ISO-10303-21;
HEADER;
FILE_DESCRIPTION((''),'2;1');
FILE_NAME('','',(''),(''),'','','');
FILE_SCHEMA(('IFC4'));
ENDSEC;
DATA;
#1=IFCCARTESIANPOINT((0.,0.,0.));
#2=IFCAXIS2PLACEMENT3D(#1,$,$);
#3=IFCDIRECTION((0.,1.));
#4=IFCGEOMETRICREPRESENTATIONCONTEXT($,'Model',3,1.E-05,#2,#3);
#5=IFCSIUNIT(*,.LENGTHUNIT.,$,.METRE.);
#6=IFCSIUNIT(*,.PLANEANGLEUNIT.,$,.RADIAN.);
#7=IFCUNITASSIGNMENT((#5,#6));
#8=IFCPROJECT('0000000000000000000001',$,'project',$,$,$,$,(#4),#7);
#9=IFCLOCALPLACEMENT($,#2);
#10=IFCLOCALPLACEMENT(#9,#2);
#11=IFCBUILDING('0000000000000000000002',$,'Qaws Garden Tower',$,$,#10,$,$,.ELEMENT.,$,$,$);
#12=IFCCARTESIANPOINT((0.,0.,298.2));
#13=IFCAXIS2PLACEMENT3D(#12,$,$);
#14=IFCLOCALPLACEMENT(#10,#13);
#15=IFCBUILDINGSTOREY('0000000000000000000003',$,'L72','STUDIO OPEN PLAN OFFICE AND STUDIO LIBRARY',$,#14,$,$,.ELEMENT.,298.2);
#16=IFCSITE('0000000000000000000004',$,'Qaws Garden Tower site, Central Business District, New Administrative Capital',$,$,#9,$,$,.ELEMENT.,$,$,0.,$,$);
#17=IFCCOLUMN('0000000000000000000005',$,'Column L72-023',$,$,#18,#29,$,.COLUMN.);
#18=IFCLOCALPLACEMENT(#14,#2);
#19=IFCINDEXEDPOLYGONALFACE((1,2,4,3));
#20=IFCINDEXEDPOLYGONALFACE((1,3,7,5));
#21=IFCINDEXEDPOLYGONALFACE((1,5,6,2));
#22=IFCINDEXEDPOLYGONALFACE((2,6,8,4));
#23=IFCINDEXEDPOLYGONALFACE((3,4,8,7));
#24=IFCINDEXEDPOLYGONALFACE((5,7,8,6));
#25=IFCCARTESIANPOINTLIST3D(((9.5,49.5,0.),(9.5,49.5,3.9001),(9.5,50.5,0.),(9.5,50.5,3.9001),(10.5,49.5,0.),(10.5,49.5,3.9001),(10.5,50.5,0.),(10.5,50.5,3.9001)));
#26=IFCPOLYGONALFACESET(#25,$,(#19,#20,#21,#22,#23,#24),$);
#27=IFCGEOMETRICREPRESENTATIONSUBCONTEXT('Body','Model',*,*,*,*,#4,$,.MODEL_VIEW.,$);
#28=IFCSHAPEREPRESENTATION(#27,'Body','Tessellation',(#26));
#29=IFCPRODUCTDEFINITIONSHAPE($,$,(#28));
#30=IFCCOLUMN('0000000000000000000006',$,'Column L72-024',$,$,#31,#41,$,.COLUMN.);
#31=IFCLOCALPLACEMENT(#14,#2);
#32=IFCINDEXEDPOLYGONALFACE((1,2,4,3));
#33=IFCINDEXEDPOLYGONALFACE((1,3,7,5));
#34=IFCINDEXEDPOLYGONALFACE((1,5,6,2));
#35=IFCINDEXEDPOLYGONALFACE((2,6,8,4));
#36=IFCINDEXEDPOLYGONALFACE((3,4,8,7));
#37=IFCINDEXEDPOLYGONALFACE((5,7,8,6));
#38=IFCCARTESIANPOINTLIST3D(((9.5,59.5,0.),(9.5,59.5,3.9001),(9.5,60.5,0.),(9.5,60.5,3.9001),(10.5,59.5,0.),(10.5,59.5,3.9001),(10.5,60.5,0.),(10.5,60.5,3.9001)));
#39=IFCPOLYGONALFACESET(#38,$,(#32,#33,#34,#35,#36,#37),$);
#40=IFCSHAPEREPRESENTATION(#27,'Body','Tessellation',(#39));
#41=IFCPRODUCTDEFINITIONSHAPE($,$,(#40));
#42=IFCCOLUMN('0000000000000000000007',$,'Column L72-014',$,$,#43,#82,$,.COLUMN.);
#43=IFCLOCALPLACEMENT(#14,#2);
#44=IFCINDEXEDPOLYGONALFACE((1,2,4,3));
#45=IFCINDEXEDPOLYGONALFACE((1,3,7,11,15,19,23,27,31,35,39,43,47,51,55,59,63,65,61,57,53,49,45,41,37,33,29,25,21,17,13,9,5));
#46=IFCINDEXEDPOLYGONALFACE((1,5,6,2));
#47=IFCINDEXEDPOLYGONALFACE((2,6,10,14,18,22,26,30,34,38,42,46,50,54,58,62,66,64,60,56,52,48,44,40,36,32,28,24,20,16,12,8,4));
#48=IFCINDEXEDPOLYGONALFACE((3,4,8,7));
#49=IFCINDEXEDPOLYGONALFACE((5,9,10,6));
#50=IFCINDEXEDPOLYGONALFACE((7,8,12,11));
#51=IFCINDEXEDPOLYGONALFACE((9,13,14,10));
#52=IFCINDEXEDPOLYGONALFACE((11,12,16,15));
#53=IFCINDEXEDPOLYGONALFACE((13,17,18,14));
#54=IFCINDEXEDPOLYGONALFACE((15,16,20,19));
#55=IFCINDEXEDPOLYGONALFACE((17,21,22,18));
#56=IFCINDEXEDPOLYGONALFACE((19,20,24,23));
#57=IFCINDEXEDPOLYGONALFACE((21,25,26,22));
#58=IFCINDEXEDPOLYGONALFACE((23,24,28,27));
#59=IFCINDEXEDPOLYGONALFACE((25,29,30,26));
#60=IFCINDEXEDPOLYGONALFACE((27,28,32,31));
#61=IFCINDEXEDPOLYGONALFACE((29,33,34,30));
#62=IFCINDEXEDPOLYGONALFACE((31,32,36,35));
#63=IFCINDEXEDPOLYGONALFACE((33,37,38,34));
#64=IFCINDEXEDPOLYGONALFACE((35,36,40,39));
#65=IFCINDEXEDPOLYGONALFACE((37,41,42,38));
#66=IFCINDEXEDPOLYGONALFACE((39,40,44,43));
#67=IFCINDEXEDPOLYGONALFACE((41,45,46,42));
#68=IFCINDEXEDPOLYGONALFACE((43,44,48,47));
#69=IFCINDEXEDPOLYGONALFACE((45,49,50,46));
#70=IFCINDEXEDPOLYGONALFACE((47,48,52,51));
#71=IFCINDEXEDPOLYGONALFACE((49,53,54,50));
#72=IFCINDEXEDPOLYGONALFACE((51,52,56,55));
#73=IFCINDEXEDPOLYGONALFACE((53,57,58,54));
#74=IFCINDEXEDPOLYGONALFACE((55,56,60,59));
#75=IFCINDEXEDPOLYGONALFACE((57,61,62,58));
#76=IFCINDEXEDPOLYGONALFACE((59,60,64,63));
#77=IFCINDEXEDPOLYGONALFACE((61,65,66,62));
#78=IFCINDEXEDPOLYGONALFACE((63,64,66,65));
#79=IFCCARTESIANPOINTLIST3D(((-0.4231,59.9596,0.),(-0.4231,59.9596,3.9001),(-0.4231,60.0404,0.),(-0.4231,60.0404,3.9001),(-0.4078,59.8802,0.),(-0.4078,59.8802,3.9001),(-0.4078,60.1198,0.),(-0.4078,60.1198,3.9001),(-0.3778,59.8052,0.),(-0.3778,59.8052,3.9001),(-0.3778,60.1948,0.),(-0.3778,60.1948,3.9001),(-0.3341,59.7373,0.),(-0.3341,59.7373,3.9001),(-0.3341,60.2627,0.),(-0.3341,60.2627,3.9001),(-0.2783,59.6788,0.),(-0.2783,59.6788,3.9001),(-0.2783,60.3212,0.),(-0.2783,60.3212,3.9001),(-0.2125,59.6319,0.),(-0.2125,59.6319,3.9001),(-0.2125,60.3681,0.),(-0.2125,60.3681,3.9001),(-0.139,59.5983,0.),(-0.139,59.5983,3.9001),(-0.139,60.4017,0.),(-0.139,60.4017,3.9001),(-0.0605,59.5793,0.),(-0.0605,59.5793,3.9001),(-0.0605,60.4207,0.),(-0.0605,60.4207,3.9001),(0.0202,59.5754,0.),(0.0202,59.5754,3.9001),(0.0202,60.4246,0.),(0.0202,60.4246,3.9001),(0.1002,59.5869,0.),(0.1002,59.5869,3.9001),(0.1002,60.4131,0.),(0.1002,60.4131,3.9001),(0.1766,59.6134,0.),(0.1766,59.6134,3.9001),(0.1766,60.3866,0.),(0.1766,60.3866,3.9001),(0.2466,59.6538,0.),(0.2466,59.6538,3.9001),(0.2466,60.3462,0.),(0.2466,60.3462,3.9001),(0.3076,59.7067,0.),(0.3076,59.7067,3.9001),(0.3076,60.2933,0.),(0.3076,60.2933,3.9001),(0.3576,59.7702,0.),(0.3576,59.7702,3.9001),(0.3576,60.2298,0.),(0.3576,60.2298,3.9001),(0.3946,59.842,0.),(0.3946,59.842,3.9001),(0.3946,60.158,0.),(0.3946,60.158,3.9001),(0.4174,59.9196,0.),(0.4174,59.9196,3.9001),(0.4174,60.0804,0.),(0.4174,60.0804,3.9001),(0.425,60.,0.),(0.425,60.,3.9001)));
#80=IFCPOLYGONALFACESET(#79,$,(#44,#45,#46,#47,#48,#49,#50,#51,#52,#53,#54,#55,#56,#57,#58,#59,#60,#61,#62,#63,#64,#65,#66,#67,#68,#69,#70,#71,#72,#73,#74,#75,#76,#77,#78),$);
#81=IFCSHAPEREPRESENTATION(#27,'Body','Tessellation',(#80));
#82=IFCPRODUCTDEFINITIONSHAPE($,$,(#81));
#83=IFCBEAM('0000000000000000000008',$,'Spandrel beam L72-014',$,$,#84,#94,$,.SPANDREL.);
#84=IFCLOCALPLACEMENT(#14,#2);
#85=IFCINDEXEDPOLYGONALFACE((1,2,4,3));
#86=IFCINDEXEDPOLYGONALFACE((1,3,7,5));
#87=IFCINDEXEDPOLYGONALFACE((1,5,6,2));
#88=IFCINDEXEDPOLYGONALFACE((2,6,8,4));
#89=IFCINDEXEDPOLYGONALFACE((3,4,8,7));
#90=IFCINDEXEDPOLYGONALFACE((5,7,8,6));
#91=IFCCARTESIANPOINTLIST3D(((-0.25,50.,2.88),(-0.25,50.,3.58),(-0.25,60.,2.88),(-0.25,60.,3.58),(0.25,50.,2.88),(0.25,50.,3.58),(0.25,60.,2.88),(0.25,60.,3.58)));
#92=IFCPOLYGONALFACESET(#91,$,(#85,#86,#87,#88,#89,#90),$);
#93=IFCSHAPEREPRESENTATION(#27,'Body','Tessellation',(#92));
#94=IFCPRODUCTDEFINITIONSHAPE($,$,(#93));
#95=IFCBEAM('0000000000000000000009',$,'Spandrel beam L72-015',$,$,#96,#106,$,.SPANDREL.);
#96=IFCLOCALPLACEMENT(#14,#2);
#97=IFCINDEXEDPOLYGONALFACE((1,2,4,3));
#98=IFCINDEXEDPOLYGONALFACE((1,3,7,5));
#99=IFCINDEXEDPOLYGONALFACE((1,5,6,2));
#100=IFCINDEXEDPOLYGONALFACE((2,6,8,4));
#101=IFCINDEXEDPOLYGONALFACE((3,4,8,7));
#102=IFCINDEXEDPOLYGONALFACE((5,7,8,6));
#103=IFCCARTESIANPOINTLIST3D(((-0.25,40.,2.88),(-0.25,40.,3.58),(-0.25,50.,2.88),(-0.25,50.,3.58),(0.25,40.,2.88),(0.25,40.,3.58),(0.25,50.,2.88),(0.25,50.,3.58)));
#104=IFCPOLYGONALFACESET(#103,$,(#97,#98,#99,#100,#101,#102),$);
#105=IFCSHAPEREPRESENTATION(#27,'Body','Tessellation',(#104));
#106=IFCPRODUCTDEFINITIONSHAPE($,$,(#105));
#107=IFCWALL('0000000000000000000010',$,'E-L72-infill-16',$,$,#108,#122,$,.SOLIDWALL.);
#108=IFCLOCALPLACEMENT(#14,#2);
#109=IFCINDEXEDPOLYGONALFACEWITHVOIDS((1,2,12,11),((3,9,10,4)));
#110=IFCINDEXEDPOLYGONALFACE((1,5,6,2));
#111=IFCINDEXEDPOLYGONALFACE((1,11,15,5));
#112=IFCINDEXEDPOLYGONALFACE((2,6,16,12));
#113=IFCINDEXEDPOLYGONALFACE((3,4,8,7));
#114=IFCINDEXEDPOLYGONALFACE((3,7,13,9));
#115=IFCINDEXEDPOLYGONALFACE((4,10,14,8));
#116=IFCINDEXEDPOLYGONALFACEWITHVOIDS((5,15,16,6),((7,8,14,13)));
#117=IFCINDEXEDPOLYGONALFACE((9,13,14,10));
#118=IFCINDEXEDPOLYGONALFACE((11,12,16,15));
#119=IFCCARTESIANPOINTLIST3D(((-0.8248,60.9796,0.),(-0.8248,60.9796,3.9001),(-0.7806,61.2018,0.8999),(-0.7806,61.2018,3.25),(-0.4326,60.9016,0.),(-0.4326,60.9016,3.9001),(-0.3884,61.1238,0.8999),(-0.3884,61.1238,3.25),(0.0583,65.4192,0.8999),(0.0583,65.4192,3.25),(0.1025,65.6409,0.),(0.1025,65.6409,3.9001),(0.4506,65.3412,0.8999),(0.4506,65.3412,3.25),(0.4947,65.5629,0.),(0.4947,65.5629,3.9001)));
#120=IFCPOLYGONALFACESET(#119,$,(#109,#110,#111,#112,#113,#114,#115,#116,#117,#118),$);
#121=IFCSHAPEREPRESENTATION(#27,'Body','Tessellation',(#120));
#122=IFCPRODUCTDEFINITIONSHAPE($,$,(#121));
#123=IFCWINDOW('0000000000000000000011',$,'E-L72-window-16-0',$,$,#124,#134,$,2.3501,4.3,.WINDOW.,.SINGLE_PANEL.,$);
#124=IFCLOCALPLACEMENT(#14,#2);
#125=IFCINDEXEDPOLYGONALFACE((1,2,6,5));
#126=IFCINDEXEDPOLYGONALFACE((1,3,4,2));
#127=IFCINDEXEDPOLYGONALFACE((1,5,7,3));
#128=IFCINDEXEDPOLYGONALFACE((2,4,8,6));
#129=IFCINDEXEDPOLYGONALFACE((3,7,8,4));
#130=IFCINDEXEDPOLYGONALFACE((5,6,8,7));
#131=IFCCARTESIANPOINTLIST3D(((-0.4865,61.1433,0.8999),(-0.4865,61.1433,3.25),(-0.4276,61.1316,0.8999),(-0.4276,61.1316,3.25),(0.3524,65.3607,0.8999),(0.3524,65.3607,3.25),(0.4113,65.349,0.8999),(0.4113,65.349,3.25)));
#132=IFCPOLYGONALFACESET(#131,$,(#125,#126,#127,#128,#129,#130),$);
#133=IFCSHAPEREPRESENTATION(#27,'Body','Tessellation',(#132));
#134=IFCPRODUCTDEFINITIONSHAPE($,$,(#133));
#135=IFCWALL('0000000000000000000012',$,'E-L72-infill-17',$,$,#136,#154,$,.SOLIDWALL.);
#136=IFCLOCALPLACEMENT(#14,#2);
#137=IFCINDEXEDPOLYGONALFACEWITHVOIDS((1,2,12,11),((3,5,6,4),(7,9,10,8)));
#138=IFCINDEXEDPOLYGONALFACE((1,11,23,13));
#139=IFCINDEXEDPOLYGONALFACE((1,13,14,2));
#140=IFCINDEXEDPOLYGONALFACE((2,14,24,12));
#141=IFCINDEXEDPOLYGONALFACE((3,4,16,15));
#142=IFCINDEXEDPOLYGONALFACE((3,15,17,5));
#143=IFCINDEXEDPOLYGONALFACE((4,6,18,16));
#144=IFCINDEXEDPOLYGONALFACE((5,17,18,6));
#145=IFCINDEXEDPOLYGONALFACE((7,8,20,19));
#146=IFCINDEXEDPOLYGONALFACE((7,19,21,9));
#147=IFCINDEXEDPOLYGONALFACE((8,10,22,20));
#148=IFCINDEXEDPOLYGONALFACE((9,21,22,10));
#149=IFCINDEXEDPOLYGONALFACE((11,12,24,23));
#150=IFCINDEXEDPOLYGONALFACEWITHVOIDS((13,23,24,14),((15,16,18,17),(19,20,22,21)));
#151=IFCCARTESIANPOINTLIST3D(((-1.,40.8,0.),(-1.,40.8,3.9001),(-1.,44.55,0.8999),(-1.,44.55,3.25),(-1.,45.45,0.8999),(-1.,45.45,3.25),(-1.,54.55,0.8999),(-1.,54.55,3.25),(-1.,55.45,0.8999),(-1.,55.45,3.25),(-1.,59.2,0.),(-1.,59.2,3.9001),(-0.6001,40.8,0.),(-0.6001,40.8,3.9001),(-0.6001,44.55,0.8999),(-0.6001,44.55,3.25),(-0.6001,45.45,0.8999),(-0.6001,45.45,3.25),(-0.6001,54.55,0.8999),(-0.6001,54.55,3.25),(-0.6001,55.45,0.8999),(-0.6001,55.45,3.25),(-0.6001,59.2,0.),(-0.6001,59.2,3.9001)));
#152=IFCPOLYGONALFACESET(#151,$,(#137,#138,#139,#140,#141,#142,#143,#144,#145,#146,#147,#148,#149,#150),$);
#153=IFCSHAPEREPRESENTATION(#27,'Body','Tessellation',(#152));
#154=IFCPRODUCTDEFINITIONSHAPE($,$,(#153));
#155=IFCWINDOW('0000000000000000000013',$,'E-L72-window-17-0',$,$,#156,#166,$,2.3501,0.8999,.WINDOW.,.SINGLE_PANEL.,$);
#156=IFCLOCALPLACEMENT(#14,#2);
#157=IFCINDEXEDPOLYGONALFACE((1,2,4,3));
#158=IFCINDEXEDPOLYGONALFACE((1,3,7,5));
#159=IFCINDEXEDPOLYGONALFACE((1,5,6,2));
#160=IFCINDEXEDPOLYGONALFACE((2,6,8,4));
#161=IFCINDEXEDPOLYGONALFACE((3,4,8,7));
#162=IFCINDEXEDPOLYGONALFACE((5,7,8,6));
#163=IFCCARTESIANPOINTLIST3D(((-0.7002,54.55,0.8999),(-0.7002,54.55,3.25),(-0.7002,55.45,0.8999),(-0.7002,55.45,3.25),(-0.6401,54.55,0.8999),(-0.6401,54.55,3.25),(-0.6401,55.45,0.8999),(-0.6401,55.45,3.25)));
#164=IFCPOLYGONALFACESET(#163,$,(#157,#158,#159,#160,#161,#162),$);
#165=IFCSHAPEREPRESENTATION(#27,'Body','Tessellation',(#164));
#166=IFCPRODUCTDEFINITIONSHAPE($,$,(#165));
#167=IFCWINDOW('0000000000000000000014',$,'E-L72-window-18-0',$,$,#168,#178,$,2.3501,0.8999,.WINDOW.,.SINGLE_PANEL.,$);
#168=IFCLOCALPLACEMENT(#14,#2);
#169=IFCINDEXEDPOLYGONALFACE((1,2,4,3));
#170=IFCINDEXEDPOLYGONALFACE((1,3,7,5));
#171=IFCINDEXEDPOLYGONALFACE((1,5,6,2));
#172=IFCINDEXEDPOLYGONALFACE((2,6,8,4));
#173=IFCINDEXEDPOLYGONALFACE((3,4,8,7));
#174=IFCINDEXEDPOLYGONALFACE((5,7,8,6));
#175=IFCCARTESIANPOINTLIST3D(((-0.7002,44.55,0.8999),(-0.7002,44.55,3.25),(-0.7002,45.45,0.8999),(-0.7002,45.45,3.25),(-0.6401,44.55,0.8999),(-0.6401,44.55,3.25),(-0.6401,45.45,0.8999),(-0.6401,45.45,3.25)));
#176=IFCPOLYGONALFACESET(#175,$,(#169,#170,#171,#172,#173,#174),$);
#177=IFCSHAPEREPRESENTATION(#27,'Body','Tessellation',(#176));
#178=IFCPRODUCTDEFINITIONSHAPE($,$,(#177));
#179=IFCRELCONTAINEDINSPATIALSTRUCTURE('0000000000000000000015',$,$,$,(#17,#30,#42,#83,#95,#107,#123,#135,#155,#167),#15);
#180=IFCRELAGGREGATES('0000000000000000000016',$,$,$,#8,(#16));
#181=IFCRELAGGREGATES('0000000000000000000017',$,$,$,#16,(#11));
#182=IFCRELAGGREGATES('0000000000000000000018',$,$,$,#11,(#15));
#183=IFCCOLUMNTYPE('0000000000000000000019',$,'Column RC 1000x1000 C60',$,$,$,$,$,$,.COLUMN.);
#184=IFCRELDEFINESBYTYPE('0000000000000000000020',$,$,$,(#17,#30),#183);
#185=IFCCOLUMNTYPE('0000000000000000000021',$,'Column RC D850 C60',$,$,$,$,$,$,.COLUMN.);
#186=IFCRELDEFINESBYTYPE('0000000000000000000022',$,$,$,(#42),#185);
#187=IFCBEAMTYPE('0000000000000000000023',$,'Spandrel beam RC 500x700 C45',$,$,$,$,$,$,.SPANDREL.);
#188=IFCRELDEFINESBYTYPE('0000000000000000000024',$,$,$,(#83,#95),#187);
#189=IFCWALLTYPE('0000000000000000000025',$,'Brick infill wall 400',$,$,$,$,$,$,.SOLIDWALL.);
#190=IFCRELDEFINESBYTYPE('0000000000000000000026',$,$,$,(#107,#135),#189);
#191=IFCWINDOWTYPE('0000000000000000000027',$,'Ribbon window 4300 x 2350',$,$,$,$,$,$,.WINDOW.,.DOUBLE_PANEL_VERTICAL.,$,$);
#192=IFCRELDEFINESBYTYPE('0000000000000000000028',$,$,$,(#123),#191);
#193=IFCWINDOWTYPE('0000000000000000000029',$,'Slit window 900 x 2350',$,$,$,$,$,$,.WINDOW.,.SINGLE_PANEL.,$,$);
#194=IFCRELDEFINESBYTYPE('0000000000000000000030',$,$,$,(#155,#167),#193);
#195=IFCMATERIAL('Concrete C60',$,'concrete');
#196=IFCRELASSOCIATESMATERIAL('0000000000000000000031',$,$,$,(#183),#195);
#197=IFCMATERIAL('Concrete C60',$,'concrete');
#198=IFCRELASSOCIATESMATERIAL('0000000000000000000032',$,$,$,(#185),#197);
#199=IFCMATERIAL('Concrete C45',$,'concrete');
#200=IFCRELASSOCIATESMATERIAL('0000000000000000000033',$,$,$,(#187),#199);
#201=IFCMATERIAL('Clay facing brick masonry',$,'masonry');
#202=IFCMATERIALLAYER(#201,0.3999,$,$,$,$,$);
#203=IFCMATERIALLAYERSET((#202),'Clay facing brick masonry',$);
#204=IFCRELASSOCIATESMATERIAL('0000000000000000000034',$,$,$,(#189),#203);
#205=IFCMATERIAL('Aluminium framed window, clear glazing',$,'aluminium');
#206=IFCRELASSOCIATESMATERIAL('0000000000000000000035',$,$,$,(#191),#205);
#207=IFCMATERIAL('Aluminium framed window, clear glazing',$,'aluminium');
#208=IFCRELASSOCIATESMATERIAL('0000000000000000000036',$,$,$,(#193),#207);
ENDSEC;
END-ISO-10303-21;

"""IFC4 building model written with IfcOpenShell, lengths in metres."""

from ifc_helpers import new_model, si_unit, direction, frame, frame_2d, origin, origin_2d, place, context, subcontext, project, spatial, rectangle, circle, extrude, material, layer, layer_set, material_profile, profile_set, type_object, element, fill, save


model = new_model("IFC4")

# Units and contexts
model_context = context("Model", 3, precision=1e-05, world=origin(), true_north=direction((0.0, 1.0)))
body_context = subcontext(model_context, "Body", "Model", "MODEL_VIEW")
ifc_project = project(units=[si_unit("LENGTHUNIT", "METRE"), si_unit("PLANEANGLEUNIT", "RADIAN")], contexts=[model_context])

# Site, building, storey
site_placement = place(None, origin())
site = spatial("IfcSite", under=ifc_project, at=site_placement, Name="Qaws Garden Tower site, Central Business District, New Administrative Capital", CompositionType="ELEMENT", RefElevation=0.0)
building_placement = place(site_placement, origin())
building = spatial("IfcBuilding", under=site, at=building_placement, Name="Qaws Garden Tower", CompositionType="ELEMENT")
storey_placement = place(building_placement, frame((0.0, 0.0, 298.2)))
storey = spatial("IfcBuildingStorey", under=building, at=storey_placement, Name="L72", Description="STUDIO OPEN PLAN OFFICE AND STUDIO LIBRARY", CompositionType="ELEMENT", Elevation=298.2)

# Columns
ifc_material_1 = material(Name="Concrete C60", Category="concrete")
ifc_material_profile_1 = material_profile(ifc_material_1, rectangle(XDim=1.0, YDim=1.0, at=origin_2d()), Name="RC 1000x1000")
ifc_profile_set_1 = profile_set([ifc_material_profile_1], Name="Concrete C60")
column_type_1 = type_object("IfcColumnType", Name="Column RC 1000x1000 C60", PredefinedType="COLUMN", material=ifc_profile_set_1)
for number, where, z_axis, x_axis, name in (
    (1, (10.0, 50.0, 0.0), (0.0, 0.0, 1.0), (1.0, 0.0, 0.0), "Column L72-023"),
    (2, (10.0, 60.0, 0.0), (0.0, 0.0, 1.0), (1.0, 0.0, 0.0), "Column L72-024"),
):
    element("IfcColumn", number, at=place(storey_placement, frame(where, z_axis=z_axis, x_axis=x_axis)), inside=storey, type_object=column_type_1, Name=name, PredefinedType="COLUMN", context=body_context, shape_type="SweptSolid", body=[
        extrude(rectangle(XDim=1.0, YDim=1.0, at=origin_2d()), origin(), (0.0, 0.0, 1.0), 3.9001),
    ])
ifc_material_2 = material(Name="Concrete C60", Category="concrete")
ifc_material_profile_2 = material_profile(ifc_material_2, circle(Radius=0.425, at=origin_2d()), Name="RC D850")
ifc_profile_set_2 = profile_set([ifc_material_profile_2], Name="Concrete C60")
column_type_2 = type_object("IfcColumnType", Name="Column RC D850 C60", PredefinedType="COLUMN", material=ifc_profile_set_2)
column_placement = place(storey_placement, frame((0.0, 60.0, 0.0), z_axis=(0.0, 0.0, 1.0), x_axis=(1.0, 0.0, 0.0)))
element("IfcColumn", 3, at=column_placement, inside=storey, type_object=column_type_2, Name="Column L72-014", PredefinedType="COLUMN", context=body_context, shape_type="SweptSolid", body=[
    extrude(circle(Radius=0.425, at=origin_2d()), origin(), (0.0, 0.0, 1.0), 3.9001),
])

# Beams
ifc_material_3 = material(Name="Concrete C45", Category="concrete")
ifc_material_profile_3 = material_profile(ifc_material_3, rectangle(XDim=0.5, YDim=0.7, at=origin_2d()), Name="RC 500x700")
ifc_profile_set_3 = profile_set([ifc_material_profile_3], Name="Concrete C45")
beam_type = type_object("IfcBeamType", Name="Spandrel beam RC 500x700 C45", PredefinedType="SPANDREL", material=ifc_profile_set_3)
for number, where, z_axis, x_axis, name in (
    (4, (0.0, 60.0, 3.23), (0.0, -1.0, 0.0), (1.0, 0.0, 0.0), "Spandrel beam L72-014"),
    (5, (0.0, 50.0, 3.23), (0.0, -1.0, 0.0), (1.0, 0.0, 0.0), "Spandrel beam L72-015"),
):
    element("IfcBeam", number, at=place(storey_placement, frame(where, z_axis=z_axis, x_axis=x_axis)), inside=storey, type_object=beam_type, Name=name, PredefinedType="SPANDREL", context=body_context, shape_type="SweptSolid", body=[
        extrude(rectangle(XDim=0.5, YDim=0.7, at=origin_2d()), origin(), (0.0, 0.0, 1.0), 10.0),
    ])

# Wall, opening, window
ifc_material_4 = material(Name="Clay facing brick masonry", Category="masonry")
ifc_layer_1 = layer(ifc_material_4, 0.3999)
ifc_layer_set_1 = layer_set([ifc_layer_1], Name="Clay facing brick masonry")
wall_type_1 = type_object("IfcWallType", Name="Brick infill wall 400", PredefinedType="SOLIDWALL", material=ifc_layer_set_1)
wall_1_placement = place(storey_placement, frame((0.2986, 65.6021, 0.0), z_axis=(0.0, 0.0, 1.0), x_axis=(-0.195099, -0.980784, 0.0)))
wall_1 = element("IfcWall", 6, at=wall_1_placement, inside=storey, type_object=wall_type_1, Name="E-L72-infill-16", PredefinedType="SOLIDWALL", context=body_context, shape_type="SweptSolid", body=[
    extrude(rectangle(XDim=4.7527, YDim=0.3999, at=frame_2d((2.3765, 0.0))), origin(), (0.0, 0.0, 1.0), 3.9001),
])
opening_1_placement = place(wall_1_placement, frame((0.2263, 0.0, 0.8999)))
opening_1 = element("IfcOpeningElement", 7, at=opening_1_placement, cuts=wall_1, PredefinedType="OPENING", context=body_context, shape_type="SweptSolid", body=[
    extrude(rectangle(XDim=4.3, YDim=2.3501, at=frame_2d((2.1499, 1.175))), frame((0.0, 0.21, 0.0), z_axis=(0.0, -1.0, 0.0), x_axis=(1.0, 0.0, 0.0)), (0.0, 0.0, 1.0), 0.4199),
])
ifc_material_5 = material(Name="Aluminium framed window, clear glazing", Category="aluminium")
window_type_1 = type_object("IfcWindowType", Name="Ribbon window 4300 x 2350", PartitioningType="DOUBLE_PANEL_VERTICAL", PredefinedType="WINDOW", material=ifc_material_5)
window_1_placement = place(opening_1_placement, origin())
window_1 = element("IfcWindow", 8, at=window_1_placement, inside=storey, type_object=window_type_1, Name="E-L72-window-16-0", OverallHeight=2.3501, OverallWidth=4.3, PartitioningType="SINGLE_PANEL", PredefinedType="WINDOW", context=body_context, shape_type="SweptSolid", body=[
    extrude(rectangle(XDim=4.3, YDim=2.3501, at=frame_2d((2.1499, 1.175))), frame((0.0, 0.1599, 0.0), z_axis=(0.0, -1.0, 0.0), x_axis=(1.0, 0.0, 0.0)), (0.0, 0.0, 1.0), 0.0601),
])
fill(opening_1, window_1)

# Wall, openings, windows
wall_2_placement = place(storey_placement, frame((-0.8, 59.2, 0.0), z_axis=(0.0, 0.0, 1.0), x_axis=(0.0, -1.0, 0.0)))
wall_2 = element("IfcWall", 9, at=wall_2_placement, inside=storey, type_object=wall_type_1, Name="E-L72-infill-17", PredefinedType="SOLIDWALL", context=body_context, shape_type="SweptSolid", body=[
    extrude(rectangle(XDim=18.3999, YDim=0.3999, at=frame_2d((9.2, 0.0))), origin(), (0.0, 0.0, 1.0), 3.9001),
])
opening_2_placement = place(wall_2_placement, frame((3.75, 0.0, 0.8999)))
opening_2 = element("IfcOpeningElement", 10, at=opening_2_placement, cuts=wall_2, PredefinedType="OPENING", context=body_context, shape_type="SweptSolid", body=[
    extrude(rectangle(XDim=0.8999, YDim=2.3501, at=frame_2d((0.45, 1.175))), frame((0.0, 0.21, 0.0), z_axis=(0.0, -1.0, 0.0), x_axis=(1.0, 0.0, 0.0)), (0.0, 0.0, 1.0), 0.4199),
])
opening_3_placement = place(wall_2_placement, frame((13.75, 0.0, 0.8999)))
opening_3 = element("IfcOpeningElement", 11, at=opening_3_placement, cuts=wall_2, PredefinedType="OPENING", context=body_context, shape_type="SweptSolid", body=[
    extrude(rectangle(XDim=0.8999, YDim=2.3501, at=frame_2d((0.45, 1.175))), frame((0.0, 0.21, 0.0), z_axis=(0.0, -1.0, 0.0), x_axis=(1.0, 0.0, 0.0)), (0.0, 0.0, 1.0), 0.4199),
])
ifc_material_6 = material(Name="Aluminium framed window, clear glazing", Category="aluminium")
window_type_2 = type_object("IfcWindowType", Name="Slit window 900 x 2350", PartitioningType="SINGLE_PANEL", PredefinedType="WINDOW", material=ifc_material_6)
window_2_placement = place(opening_2_placement, origin())
window_2 = element("IfcWindow", 12, at=window_2_placement, inside=storey, type_object=window_type_2, Name="E-L72-window-17-0", OverallHeight=2.3501, OverallWidth=0.8999, PartitioningType="SINGLE_PANEL", PredefinedType="WINDOW", context=body_context, shape_type="SweptSolid", body=[
    extrude(rectangle(XDim=0.8999, YDim=2.3501, at=frame_2d((0.45, 1.175))), frame((0.0, 0.1599, 0.0), z_axis=(0.0, -1.0, 0.0), x_axis=(1.0, 0.0, 0.0)), (0.0, 0.0, 1.0), 0.0601),
])
fill(opening_2, window_2)
window_3_placement = place(opening_3_placement, origin())
window_3 = element("IfcWindow", 13, at=window_3_placement, inside=storey, type_object=window_type_2, Name="E-L72-window-18-0", OverallHeight=2.3501, OverallWidth=0.8999, PartitioningType="SINGLE_PANEL", PredefinedType="WINDOW", context=body_context, shape_type="SweptSolid", body=[
    extrude(rectangle(XDim=0.8999, YDim=2.3501, at=frame_2d((0.45, 1.175))), frame((0.0, 0.1599, 0.0), z_axis=(0.0, -1.0, 0.0), x_axis=(1.0, 0.0, 0.0)), (0.0, 0.0, 1.0), 0.0601),
])
fill(opening_3, window_3)

save(model, "model.ifc")
